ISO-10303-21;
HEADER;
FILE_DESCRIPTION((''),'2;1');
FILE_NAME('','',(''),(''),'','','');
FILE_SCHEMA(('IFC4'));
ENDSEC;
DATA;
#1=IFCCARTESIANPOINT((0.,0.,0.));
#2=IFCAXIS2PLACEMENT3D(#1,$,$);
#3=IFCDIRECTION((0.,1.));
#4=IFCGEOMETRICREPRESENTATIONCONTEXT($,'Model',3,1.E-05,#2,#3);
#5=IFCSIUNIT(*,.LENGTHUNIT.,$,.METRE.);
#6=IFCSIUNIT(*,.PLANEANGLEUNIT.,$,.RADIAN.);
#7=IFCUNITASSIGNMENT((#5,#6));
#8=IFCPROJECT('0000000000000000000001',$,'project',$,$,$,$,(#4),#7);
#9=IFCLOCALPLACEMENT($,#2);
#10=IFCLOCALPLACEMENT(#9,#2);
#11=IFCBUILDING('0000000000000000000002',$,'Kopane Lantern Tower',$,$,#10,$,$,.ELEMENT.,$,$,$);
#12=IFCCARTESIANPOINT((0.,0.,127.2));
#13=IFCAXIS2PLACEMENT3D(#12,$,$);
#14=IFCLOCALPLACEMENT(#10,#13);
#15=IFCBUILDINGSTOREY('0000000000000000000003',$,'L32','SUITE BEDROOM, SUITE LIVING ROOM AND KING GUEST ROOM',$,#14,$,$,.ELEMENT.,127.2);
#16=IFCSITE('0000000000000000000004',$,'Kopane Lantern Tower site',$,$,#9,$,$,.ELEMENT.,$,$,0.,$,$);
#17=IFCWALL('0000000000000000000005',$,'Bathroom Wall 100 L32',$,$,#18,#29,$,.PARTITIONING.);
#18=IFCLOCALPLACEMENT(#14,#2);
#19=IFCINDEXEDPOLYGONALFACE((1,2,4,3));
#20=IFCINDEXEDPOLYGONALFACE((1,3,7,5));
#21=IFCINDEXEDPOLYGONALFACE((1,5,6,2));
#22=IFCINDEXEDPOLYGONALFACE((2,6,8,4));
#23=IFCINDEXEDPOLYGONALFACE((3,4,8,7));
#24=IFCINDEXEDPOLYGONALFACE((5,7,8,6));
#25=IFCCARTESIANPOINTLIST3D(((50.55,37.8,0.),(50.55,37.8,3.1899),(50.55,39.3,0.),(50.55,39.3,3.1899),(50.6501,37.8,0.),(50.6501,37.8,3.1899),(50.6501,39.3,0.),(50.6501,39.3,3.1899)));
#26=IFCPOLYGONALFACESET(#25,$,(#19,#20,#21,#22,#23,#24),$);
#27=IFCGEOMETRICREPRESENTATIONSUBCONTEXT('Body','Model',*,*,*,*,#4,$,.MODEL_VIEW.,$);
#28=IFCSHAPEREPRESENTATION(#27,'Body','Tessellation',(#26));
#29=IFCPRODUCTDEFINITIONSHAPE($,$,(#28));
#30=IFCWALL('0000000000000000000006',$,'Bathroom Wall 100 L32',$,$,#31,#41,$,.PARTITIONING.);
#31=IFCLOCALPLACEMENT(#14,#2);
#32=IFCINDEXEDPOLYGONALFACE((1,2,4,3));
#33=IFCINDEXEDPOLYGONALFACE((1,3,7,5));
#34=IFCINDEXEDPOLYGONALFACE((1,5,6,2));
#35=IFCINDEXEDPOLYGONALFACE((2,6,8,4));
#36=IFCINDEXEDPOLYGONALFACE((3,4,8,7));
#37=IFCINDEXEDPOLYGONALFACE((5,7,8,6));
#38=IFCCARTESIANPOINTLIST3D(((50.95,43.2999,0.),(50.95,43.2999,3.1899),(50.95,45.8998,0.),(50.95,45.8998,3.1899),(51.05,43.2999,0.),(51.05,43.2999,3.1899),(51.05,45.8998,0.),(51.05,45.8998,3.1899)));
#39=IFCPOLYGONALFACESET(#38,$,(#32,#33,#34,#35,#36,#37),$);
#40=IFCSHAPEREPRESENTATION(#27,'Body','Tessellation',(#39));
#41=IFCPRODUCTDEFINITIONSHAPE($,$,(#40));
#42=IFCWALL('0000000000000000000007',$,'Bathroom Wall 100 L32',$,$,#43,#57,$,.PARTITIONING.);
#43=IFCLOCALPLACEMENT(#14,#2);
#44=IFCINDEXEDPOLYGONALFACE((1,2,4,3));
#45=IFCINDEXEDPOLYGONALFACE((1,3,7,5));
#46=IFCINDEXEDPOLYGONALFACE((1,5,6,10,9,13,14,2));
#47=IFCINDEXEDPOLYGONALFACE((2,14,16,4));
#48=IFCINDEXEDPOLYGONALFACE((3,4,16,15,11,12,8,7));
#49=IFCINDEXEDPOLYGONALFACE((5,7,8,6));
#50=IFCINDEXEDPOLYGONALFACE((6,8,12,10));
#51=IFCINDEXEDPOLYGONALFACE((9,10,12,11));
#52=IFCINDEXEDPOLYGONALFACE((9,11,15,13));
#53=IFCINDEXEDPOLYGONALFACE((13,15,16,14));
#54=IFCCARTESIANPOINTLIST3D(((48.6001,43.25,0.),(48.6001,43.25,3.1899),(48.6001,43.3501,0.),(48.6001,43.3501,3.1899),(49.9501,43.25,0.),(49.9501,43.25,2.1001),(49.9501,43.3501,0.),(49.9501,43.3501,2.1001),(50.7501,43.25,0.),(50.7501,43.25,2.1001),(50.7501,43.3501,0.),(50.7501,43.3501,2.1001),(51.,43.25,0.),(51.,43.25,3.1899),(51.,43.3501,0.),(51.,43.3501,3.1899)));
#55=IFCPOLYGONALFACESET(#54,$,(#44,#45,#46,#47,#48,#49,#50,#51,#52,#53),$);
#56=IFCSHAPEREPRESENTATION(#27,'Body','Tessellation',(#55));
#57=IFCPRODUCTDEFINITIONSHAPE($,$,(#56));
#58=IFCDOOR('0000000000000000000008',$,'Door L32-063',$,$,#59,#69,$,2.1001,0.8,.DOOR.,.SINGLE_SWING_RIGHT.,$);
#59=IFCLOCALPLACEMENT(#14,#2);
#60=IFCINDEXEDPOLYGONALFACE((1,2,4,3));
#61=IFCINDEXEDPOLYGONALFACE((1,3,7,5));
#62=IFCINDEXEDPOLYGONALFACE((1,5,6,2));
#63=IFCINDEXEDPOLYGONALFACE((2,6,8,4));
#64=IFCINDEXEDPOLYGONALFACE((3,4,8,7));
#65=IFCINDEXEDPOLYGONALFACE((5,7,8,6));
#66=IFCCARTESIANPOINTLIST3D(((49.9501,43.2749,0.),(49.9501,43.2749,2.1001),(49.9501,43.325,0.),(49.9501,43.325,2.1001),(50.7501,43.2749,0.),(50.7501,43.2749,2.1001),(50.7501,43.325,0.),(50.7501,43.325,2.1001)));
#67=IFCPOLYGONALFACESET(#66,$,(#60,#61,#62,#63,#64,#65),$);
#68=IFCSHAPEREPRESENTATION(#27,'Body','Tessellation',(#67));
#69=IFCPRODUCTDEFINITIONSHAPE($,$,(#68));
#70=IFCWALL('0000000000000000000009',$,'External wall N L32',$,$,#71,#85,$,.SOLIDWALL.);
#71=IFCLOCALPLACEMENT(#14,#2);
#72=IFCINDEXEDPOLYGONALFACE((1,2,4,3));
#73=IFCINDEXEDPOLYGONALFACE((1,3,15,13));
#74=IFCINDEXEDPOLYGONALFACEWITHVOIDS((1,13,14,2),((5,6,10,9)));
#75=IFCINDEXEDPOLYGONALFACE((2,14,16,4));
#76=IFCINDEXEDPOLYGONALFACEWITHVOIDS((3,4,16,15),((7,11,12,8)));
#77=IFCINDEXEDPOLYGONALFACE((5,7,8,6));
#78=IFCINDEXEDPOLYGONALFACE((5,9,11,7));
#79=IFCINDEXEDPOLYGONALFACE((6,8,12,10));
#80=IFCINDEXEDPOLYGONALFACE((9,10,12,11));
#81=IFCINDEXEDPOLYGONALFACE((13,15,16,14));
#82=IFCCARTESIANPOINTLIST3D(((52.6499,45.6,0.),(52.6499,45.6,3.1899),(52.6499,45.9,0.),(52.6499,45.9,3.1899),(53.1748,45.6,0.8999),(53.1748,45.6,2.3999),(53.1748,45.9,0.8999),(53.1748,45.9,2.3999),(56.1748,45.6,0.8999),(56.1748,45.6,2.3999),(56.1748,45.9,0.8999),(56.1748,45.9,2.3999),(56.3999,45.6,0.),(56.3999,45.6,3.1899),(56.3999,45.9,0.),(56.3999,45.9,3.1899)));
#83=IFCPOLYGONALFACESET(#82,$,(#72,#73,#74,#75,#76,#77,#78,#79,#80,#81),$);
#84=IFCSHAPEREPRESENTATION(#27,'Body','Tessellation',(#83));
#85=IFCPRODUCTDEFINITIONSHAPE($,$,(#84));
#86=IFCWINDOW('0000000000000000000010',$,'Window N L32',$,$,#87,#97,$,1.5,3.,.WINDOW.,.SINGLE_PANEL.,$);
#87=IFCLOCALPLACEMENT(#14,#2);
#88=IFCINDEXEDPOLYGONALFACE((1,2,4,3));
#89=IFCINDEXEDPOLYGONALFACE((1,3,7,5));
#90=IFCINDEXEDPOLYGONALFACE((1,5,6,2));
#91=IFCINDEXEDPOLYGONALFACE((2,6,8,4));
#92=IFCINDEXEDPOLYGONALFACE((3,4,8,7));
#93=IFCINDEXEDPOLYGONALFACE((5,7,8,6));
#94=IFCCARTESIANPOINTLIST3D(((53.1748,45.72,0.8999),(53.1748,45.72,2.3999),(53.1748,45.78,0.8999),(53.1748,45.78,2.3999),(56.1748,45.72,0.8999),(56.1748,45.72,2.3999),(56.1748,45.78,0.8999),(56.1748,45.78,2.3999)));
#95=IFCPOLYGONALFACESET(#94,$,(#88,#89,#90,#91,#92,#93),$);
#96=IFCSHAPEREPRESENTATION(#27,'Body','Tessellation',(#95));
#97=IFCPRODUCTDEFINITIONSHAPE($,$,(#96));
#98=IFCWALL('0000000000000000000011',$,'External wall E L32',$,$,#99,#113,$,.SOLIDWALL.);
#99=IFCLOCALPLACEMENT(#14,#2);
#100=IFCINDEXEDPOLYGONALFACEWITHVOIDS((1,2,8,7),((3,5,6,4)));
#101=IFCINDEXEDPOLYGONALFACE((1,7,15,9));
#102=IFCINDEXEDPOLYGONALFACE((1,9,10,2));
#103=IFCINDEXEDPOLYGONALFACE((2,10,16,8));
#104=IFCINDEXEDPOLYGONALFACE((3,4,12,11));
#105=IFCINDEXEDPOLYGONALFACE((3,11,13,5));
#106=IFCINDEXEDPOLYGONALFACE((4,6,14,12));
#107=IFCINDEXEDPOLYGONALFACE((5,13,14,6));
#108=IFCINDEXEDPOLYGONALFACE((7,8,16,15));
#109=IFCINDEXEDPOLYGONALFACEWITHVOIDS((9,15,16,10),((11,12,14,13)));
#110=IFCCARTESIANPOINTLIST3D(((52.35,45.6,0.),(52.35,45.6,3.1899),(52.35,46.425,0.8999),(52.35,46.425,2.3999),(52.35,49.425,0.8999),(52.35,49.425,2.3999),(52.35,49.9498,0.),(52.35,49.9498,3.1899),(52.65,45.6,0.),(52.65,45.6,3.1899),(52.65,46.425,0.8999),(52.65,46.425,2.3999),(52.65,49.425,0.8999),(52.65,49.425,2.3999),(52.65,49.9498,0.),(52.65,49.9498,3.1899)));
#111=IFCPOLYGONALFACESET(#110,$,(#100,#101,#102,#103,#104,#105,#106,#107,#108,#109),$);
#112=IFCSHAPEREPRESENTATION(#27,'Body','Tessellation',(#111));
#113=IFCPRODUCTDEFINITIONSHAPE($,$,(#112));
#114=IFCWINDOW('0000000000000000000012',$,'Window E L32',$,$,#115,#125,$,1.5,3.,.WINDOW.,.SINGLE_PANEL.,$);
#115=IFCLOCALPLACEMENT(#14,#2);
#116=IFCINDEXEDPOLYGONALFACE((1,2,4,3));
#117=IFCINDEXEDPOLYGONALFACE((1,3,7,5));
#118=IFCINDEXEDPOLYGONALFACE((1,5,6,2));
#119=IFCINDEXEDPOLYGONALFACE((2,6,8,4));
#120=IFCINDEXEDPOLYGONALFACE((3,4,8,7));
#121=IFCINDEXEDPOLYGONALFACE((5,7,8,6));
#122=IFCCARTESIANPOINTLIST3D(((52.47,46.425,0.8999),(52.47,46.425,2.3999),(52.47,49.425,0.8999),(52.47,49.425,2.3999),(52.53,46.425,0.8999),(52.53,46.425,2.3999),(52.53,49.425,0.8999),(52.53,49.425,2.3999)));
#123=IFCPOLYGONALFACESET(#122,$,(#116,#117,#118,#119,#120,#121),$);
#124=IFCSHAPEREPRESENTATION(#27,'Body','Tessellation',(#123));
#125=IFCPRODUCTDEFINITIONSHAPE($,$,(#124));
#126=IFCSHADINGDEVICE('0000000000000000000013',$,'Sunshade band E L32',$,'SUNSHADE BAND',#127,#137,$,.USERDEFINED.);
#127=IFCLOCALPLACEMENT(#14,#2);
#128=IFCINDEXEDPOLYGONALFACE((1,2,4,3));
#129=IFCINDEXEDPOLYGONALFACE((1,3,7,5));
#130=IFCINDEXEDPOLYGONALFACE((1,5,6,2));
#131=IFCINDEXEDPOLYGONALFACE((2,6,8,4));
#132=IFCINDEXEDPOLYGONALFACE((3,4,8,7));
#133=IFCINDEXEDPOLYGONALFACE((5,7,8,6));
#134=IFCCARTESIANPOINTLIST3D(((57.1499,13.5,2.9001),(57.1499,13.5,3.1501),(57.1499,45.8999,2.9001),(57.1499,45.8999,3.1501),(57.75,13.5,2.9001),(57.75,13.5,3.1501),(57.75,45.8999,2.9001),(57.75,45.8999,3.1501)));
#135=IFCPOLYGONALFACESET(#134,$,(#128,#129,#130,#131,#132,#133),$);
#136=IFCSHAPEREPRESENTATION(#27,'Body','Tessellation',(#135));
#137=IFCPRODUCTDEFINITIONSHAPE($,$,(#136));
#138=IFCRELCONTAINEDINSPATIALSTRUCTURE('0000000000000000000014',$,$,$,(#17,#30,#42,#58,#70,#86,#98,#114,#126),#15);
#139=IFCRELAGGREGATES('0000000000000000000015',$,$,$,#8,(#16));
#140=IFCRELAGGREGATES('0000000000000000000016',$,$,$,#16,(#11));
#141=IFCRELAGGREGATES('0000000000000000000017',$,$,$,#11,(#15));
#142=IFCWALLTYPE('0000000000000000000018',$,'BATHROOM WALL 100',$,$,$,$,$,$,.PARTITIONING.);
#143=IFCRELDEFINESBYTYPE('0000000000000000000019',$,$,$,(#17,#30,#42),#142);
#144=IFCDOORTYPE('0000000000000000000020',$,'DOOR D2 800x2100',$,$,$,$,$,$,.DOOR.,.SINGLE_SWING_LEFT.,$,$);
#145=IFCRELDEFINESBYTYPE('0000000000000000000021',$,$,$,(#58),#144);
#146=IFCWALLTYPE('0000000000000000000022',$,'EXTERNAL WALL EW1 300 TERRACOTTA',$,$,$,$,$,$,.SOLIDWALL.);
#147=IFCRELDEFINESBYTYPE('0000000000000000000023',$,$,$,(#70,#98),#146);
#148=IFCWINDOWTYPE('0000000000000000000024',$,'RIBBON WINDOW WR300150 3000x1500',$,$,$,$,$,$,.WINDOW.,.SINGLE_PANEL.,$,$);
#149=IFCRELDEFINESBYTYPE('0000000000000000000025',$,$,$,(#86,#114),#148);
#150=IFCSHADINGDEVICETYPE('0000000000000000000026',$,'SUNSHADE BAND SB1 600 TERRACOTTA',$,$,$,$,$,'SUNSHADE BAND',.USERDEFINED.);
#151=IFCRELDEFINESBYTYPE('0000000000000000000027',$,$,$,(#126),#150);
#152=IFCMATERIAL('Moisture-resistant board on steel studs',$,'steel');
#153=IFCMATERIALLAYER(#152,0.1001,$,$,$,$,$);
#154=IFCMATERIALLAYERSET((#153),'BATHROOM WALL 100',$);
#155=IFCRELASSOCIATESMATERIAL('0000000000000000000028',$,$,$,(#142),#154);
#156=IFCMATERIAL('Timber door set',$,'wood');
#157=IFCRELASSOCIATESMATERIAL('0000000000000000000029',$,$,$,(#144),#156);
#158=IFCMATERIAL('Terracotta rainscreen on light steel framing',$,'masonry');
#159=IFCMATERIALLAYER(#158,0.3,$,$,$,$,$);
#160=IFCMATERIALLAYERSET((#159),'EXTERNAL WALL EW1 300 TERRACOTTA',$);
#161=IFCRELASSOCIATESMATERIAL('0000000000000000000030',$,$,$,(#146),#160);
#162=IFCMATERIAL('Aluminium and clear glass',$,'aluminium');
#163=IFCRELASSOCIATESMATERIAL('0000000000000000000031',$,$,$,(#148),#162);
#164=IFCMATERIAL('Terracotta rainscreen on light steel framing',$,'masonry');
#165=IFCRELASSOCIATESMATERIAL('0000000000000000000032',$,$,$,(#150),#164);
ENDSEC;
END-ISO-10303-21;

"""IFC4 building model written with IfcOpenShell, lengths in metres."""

from ifc_helpers import new_model, si_unit, direction, frame, frame_2d, origin, origin_2d, place, context, subcontext, project, spatial, rectangle, extrude, material, layer, layer_set, type_object, element, fill, save


model = new_model("IFC4")

# Units and contexts
model_context = context("Model", 3, precision=1e-05, world=origin(), true_north=direction((0.0, 1.0)))
body_context = subcontext(model_context, "Body", "Model", "MODEL_VIEW")
ifc_project = project(units=[si_unit("LENGTHUNIT", "METRE"), si_unit("PLANEANGLEUNIT", "RADIAN")], contexts=[model_context])

# Site, building, storey
site_placement = place(None, origin())
site = spatial("IfcSite", under=ifc_project, at=site_placement, Name="Kopane Lantern Tower site", CompositionType="ELEMENT", RefElevation=0.0)
building_placement = place(site_placement, origin())
building = spatial("IfcBuilding", under=site, at=building_placement, Name="Kopane Lantern Tower", CompositionType="ELEMENT")
storey_placement = place(building_placement, frame((0.0, 0.0, 127.2)))
storey = spatial("IfcBuildingStorey", under=building, at=storey_placement, Name="L32", Description="SUITE BEDROOM, SUITE LIVING ROOM AND KING GUEST ROOM", CompositionType="ELEMENT", Elevation=127.2)

# Walls
ifc_material_1 = material(Name="Moisture-resistant board on steel studs", Category="steel")
ifc_layer_1 = layer(ifc_material_1, 0.1001)
ifc_layer_set_1 = layer_set([ifc_layer_1], Name="BATHROOM WALL 100")
wall_type_1 = type_object("IfcWallType", Name="BATHROOM WALL 100", PredefinedType="PARTITIONING", material=ifc_layer_set_1)
wall_1_placement = place(storey_placement, frame((50.6001, 37.8, 0.0), z_axis=(0.0, 0.0, 1.0), x_axis=(0.0, 1.0, 0.0)))
element("IfcWall", 1, at=wall_1_placement, inside=storey, type_object=wall_type_1, Name="Bathroom Wall 100 L32", PredefinedType="PARTITIONING", context=body_context, shape_type="SweptSolid", body=[
    extrude(rectangle(XDim=1.5, YDim=0.1001, at=frame_2d((0.75, 0.0))), origin(), (0.0, 0.0, 1.0), 3.1899),
])
wall_2_placement = place(storey_placement, frame((51.0, 43.3, 0.0), z_axis=(0.0, 0.0, 1.0), x_axis=(0.0, 1.0, 0.0)))
element("IfcWall", 2, at=wall_2_placement, inside=storey, type_object=wall_type_1, Name="Bathroom Wall 100 L32", PredefinedType="PARTITIONING", context=body_context, shape_type="SweptSolid", body=[
    extrude(rectangle(XDim=2.5999, YDim=0.1001, at=frame_2d((1.2998, 0.0))), origin(), (0.0, 0.0, 1.0), 3.1899),
])

# Wall, opening, door
wall_3_placement = place(storey_placement, frame((48.6001, 43.3, 0.0), z_axis=(0.0, 0.0, 1.0), x_axis=(1.0, 0.0, 0.0)))
wall_3 = element("IfcWall", 3, at=wall_3_placement, inside=storey, type_object=wall_type_1, Name="Bathroom Wall 100 L32", PredefinedType="PARTITIONING", context=body_context, shape_type="SweptSolid", body=[
    extrude(rectangle(XDim=2.3999, YDim=0.1001, at=frame_2d((1.2, 0.0))), origin(), (0.0, 0.0, 1.0), 3.1899),
])
opening_1_placement = place(wall_3_placement, frame((1.3501, 0.0, 0.0)))
opening_1 = element("IfcOpeningElement", 4, at=opening_1_placement, cuts=wall_3, PredefinedType="OPENING", context=body_context, shape_type="SweptSolid", body=[
    extrude(rectangle(XDim=0.8, YDim=2.1001, at=frame_2d((0.3999, 1.05))), frame((0.0, 0.0601, 0.0), z_axis=(0.0, -1.0, 0.0), x_axis=(1.0, 0.0, 0.0)), (0.0, 0.0, 1.0), 0.1201),
])
ifc_material_2 = material(Name="Timber door set", Category="wood")
door_type_1 = type_object("IfcDoorType", Name="DOOR D2 800x2100", OperationType="SINGLE_SWING_LEFT", PredefinedType="DOOR", material=ifc_material_2)
door_1_placement = place(opening_1_placement, origin())
door_1 = element("IfcDoor", 5, at=door_1_placement, inside=storey, type_object=door_type_1, Name="Door L32-063", OperationType="SINGLE_SWING_RIGHT", OverallHeight=2.1001, OverallWidth=0.8, PredefinedType="DOOR", context=body_context, shape_type="SweptSolid", body=[
    extrude(rectangle(XDim=0.8, YDim=2.1001, at=frame_2d((0.3999, 1.05))), frame((0.0, 0.0249, 0.0), z_axis=(0.0, -1.0, 0.0), x_axis=(1.0, 0.0, 0.0)), (0.0, 0.0, 1.0), 0.05),
])
fill(opening_1, door_1)

# Walls, openings, windows
ifc_material_3 = material(Name="Terracotta rainscreen on light steel framing", Category="masonry")
ifc_layer_2 = layer(ifc_material_3, 0.3)
ifc_layer_set_2 = layer_set([ifc_layer_2], Name="EXTERNAL WALL EW1 300 TERRACOTTA")
wall_type_2 = type_object("IfcWallType", Name="EXTERNAL WALL EW1 300 TERRACOTTA", PredefinedType="SOLIDWALL", material=ifc_layer_set_2)
wall_4_placement = place(storey_placement, frame((56.3999, 45.75, 0.0), z_axis=(0.0, 0.0, 1.0), x_axis=(-1.0, 0.0, 0.0)))
wall_4 = element("IfcWall", 6, at=wall_4_placement, inside=storey, type_object=wall_type_2, Name="External wall N L32", PredefinedType="SOLIDWALL", context=body_context, shape_type="SweptSolid", body=[
    extrude(rectangle(XDim=3.75, YDim=0.3, at=frame_2d((1.875, 0.0))), origin(), (0.0, 0.0, 1.0), 3.1899),
])
opening_2_placement = place(wall_4_placement, frame((0.2251, 0.0, 0.8999)))
opening_2 = element("IfcOpeningElement", 7, at=opening_2_placement, cuts=wall_4, PredefinedType="OPENING", context=body_context, shape_type="SweptSolid", body=[
    extrude(rectangle(XDim=3.0, YDim=1.5, at=frame_2d((1.5, 0.75))), frame((0.0, 0.1599, 0.0), z_axis=(0.0, -1.0, 0.0), x_axis=(1.0, 0.0, 0.0)), (0.0, 0.0, 1.0), 0.3201),
])
ifc_material_4 = material(Name="Aluminium and clear glass", Category="aluminium")
window_type = type_object("IfcWindowType", Name="RIBBON WINDOW WR300150 3000x1500", PartitioningType="SINGLE_PANEL", PredefinedType="WINDOW", material=ifc_material_4)
window_1_placement = place(opening_2_placement, origin())
window_1 = element("IfcWindow", 8, at=window_1_placement, inside=storey, type_object=window_type, Name="Window N L32", OverallHeight=1.5, OverallWidth=3.0, PartitioningType="SINGLE_PANEL", PredefinedType="WINDOW", context=body_context, shape_type="SweptSolid", body=[
    extrude(rectangle(XDim=3.0, YDim=1.5, at=frame_2d((1.5, 0.75))), frame((0.0, 0.03, 0.0), z_axis=(0.0, -1.0, 0.0), x_axis=(1.0, 0.0, 0.0)), (0.0, 0.0, 1.0), 0.0601),
])
fill(opening_2, window_1)
wall_5_placement = place(storey_placement, frame((52.5, 45.6001, 0.0), z_axis=(0.0, 0.0, 1.0), x_axis=(0.0, 1.0, 0.0)))
wall_5 = element("IfcWall", 9, at=wall_5_placement, inside=storey, type_object=wall_type_2, Name="External wall E L32", PredefinedType="SOLIDWALL", context=body_context, shape_type="SweptSolid", body=[
    extrude(rectangle(XDim=4.3499, YDim=0.3, at=frame_2d((2.1748, 0.0))), origin(), (0.0, 0.0, 1.0), 3.1899),
])
opening_3_placement = place(wall_5_placement, frame((0.825, 0.0, 0.8999)))
opening_3 = element("IfcOpeningElement", 10, at=opening_3_placement, cuts=wall_5, PredefinedType="OPENING", context=body_context, shape_type="SweptSolid", body=[
    extrude(rectangle(XDim=3.0, YDim=1.5, at=frame_2d((1.5, 0.75))), frame((0.0, 0.1599, 0.0), z_axis=(0.0, -1.0, 0.0), x_axis=(1.0, 0.0, 0.0)), (0.0, 0.0, 1.0), 0.3201),
])
window_2_placement = place(opening_3_placement, origin())
window_2 = element("IfcWindow", 11, at=window_2_placement, inside=storey, type_object=window_type, Name="Window E L32", OverallHeight=1.5, OverallWidth=3.0, PartitioningType="SINGLE_PANEL", PredefinedType="WINDOW", context=body_context, shape_type="SweptSolid", body=[
    extrude(rectangle(XDim=3.0, YDim=1.5, at=frame_2d((1.5, 0.75))), frame((0.0, 0.03, 0.0), z_axis=(0.0, -1.0, 0.0), x_axis=(1.0, 0.0, 0.0)), (0.0, 0.0, 1.0), 0.0601),
])
fill(opening_3, window_2)

# Shading device
ifc_material_5 = material(Name="Terracotta rainscreen on light steel framing", Category="masonry")
shading_device_type = type_object("IfcShadingDeviceType", Name="SUNSHADE BAND SB1 600 TERRACOTTA", ElementType="SUNSHADE BAND", PredefinedType="USERDEFINED", material=ifc_material_5)
shading_device_placement = place(storey_placement, frame((57.45, 29.7, 2.9001), z_axis=(0.0, 0.0, 1.0), x_axis=(0.0, 1.0, 0.0)))
element("IfcShadingDevice", 12, at=shading_device_placement, inside=storey, type_object=shading_device_type, Name="Sunshade band E L32", ObjectType="SUNSHADE BAND", PredefinedType="USERDEFINED", context=body_context, shape_type="SweptSolid", body=[
    extrude(rectangle(XDim=32.3999, YDim=0.6001, at=origin_2d()), origin(), (0.0, 0.0, 1.0), 0.25),
])

save(model, "model.ifc")
